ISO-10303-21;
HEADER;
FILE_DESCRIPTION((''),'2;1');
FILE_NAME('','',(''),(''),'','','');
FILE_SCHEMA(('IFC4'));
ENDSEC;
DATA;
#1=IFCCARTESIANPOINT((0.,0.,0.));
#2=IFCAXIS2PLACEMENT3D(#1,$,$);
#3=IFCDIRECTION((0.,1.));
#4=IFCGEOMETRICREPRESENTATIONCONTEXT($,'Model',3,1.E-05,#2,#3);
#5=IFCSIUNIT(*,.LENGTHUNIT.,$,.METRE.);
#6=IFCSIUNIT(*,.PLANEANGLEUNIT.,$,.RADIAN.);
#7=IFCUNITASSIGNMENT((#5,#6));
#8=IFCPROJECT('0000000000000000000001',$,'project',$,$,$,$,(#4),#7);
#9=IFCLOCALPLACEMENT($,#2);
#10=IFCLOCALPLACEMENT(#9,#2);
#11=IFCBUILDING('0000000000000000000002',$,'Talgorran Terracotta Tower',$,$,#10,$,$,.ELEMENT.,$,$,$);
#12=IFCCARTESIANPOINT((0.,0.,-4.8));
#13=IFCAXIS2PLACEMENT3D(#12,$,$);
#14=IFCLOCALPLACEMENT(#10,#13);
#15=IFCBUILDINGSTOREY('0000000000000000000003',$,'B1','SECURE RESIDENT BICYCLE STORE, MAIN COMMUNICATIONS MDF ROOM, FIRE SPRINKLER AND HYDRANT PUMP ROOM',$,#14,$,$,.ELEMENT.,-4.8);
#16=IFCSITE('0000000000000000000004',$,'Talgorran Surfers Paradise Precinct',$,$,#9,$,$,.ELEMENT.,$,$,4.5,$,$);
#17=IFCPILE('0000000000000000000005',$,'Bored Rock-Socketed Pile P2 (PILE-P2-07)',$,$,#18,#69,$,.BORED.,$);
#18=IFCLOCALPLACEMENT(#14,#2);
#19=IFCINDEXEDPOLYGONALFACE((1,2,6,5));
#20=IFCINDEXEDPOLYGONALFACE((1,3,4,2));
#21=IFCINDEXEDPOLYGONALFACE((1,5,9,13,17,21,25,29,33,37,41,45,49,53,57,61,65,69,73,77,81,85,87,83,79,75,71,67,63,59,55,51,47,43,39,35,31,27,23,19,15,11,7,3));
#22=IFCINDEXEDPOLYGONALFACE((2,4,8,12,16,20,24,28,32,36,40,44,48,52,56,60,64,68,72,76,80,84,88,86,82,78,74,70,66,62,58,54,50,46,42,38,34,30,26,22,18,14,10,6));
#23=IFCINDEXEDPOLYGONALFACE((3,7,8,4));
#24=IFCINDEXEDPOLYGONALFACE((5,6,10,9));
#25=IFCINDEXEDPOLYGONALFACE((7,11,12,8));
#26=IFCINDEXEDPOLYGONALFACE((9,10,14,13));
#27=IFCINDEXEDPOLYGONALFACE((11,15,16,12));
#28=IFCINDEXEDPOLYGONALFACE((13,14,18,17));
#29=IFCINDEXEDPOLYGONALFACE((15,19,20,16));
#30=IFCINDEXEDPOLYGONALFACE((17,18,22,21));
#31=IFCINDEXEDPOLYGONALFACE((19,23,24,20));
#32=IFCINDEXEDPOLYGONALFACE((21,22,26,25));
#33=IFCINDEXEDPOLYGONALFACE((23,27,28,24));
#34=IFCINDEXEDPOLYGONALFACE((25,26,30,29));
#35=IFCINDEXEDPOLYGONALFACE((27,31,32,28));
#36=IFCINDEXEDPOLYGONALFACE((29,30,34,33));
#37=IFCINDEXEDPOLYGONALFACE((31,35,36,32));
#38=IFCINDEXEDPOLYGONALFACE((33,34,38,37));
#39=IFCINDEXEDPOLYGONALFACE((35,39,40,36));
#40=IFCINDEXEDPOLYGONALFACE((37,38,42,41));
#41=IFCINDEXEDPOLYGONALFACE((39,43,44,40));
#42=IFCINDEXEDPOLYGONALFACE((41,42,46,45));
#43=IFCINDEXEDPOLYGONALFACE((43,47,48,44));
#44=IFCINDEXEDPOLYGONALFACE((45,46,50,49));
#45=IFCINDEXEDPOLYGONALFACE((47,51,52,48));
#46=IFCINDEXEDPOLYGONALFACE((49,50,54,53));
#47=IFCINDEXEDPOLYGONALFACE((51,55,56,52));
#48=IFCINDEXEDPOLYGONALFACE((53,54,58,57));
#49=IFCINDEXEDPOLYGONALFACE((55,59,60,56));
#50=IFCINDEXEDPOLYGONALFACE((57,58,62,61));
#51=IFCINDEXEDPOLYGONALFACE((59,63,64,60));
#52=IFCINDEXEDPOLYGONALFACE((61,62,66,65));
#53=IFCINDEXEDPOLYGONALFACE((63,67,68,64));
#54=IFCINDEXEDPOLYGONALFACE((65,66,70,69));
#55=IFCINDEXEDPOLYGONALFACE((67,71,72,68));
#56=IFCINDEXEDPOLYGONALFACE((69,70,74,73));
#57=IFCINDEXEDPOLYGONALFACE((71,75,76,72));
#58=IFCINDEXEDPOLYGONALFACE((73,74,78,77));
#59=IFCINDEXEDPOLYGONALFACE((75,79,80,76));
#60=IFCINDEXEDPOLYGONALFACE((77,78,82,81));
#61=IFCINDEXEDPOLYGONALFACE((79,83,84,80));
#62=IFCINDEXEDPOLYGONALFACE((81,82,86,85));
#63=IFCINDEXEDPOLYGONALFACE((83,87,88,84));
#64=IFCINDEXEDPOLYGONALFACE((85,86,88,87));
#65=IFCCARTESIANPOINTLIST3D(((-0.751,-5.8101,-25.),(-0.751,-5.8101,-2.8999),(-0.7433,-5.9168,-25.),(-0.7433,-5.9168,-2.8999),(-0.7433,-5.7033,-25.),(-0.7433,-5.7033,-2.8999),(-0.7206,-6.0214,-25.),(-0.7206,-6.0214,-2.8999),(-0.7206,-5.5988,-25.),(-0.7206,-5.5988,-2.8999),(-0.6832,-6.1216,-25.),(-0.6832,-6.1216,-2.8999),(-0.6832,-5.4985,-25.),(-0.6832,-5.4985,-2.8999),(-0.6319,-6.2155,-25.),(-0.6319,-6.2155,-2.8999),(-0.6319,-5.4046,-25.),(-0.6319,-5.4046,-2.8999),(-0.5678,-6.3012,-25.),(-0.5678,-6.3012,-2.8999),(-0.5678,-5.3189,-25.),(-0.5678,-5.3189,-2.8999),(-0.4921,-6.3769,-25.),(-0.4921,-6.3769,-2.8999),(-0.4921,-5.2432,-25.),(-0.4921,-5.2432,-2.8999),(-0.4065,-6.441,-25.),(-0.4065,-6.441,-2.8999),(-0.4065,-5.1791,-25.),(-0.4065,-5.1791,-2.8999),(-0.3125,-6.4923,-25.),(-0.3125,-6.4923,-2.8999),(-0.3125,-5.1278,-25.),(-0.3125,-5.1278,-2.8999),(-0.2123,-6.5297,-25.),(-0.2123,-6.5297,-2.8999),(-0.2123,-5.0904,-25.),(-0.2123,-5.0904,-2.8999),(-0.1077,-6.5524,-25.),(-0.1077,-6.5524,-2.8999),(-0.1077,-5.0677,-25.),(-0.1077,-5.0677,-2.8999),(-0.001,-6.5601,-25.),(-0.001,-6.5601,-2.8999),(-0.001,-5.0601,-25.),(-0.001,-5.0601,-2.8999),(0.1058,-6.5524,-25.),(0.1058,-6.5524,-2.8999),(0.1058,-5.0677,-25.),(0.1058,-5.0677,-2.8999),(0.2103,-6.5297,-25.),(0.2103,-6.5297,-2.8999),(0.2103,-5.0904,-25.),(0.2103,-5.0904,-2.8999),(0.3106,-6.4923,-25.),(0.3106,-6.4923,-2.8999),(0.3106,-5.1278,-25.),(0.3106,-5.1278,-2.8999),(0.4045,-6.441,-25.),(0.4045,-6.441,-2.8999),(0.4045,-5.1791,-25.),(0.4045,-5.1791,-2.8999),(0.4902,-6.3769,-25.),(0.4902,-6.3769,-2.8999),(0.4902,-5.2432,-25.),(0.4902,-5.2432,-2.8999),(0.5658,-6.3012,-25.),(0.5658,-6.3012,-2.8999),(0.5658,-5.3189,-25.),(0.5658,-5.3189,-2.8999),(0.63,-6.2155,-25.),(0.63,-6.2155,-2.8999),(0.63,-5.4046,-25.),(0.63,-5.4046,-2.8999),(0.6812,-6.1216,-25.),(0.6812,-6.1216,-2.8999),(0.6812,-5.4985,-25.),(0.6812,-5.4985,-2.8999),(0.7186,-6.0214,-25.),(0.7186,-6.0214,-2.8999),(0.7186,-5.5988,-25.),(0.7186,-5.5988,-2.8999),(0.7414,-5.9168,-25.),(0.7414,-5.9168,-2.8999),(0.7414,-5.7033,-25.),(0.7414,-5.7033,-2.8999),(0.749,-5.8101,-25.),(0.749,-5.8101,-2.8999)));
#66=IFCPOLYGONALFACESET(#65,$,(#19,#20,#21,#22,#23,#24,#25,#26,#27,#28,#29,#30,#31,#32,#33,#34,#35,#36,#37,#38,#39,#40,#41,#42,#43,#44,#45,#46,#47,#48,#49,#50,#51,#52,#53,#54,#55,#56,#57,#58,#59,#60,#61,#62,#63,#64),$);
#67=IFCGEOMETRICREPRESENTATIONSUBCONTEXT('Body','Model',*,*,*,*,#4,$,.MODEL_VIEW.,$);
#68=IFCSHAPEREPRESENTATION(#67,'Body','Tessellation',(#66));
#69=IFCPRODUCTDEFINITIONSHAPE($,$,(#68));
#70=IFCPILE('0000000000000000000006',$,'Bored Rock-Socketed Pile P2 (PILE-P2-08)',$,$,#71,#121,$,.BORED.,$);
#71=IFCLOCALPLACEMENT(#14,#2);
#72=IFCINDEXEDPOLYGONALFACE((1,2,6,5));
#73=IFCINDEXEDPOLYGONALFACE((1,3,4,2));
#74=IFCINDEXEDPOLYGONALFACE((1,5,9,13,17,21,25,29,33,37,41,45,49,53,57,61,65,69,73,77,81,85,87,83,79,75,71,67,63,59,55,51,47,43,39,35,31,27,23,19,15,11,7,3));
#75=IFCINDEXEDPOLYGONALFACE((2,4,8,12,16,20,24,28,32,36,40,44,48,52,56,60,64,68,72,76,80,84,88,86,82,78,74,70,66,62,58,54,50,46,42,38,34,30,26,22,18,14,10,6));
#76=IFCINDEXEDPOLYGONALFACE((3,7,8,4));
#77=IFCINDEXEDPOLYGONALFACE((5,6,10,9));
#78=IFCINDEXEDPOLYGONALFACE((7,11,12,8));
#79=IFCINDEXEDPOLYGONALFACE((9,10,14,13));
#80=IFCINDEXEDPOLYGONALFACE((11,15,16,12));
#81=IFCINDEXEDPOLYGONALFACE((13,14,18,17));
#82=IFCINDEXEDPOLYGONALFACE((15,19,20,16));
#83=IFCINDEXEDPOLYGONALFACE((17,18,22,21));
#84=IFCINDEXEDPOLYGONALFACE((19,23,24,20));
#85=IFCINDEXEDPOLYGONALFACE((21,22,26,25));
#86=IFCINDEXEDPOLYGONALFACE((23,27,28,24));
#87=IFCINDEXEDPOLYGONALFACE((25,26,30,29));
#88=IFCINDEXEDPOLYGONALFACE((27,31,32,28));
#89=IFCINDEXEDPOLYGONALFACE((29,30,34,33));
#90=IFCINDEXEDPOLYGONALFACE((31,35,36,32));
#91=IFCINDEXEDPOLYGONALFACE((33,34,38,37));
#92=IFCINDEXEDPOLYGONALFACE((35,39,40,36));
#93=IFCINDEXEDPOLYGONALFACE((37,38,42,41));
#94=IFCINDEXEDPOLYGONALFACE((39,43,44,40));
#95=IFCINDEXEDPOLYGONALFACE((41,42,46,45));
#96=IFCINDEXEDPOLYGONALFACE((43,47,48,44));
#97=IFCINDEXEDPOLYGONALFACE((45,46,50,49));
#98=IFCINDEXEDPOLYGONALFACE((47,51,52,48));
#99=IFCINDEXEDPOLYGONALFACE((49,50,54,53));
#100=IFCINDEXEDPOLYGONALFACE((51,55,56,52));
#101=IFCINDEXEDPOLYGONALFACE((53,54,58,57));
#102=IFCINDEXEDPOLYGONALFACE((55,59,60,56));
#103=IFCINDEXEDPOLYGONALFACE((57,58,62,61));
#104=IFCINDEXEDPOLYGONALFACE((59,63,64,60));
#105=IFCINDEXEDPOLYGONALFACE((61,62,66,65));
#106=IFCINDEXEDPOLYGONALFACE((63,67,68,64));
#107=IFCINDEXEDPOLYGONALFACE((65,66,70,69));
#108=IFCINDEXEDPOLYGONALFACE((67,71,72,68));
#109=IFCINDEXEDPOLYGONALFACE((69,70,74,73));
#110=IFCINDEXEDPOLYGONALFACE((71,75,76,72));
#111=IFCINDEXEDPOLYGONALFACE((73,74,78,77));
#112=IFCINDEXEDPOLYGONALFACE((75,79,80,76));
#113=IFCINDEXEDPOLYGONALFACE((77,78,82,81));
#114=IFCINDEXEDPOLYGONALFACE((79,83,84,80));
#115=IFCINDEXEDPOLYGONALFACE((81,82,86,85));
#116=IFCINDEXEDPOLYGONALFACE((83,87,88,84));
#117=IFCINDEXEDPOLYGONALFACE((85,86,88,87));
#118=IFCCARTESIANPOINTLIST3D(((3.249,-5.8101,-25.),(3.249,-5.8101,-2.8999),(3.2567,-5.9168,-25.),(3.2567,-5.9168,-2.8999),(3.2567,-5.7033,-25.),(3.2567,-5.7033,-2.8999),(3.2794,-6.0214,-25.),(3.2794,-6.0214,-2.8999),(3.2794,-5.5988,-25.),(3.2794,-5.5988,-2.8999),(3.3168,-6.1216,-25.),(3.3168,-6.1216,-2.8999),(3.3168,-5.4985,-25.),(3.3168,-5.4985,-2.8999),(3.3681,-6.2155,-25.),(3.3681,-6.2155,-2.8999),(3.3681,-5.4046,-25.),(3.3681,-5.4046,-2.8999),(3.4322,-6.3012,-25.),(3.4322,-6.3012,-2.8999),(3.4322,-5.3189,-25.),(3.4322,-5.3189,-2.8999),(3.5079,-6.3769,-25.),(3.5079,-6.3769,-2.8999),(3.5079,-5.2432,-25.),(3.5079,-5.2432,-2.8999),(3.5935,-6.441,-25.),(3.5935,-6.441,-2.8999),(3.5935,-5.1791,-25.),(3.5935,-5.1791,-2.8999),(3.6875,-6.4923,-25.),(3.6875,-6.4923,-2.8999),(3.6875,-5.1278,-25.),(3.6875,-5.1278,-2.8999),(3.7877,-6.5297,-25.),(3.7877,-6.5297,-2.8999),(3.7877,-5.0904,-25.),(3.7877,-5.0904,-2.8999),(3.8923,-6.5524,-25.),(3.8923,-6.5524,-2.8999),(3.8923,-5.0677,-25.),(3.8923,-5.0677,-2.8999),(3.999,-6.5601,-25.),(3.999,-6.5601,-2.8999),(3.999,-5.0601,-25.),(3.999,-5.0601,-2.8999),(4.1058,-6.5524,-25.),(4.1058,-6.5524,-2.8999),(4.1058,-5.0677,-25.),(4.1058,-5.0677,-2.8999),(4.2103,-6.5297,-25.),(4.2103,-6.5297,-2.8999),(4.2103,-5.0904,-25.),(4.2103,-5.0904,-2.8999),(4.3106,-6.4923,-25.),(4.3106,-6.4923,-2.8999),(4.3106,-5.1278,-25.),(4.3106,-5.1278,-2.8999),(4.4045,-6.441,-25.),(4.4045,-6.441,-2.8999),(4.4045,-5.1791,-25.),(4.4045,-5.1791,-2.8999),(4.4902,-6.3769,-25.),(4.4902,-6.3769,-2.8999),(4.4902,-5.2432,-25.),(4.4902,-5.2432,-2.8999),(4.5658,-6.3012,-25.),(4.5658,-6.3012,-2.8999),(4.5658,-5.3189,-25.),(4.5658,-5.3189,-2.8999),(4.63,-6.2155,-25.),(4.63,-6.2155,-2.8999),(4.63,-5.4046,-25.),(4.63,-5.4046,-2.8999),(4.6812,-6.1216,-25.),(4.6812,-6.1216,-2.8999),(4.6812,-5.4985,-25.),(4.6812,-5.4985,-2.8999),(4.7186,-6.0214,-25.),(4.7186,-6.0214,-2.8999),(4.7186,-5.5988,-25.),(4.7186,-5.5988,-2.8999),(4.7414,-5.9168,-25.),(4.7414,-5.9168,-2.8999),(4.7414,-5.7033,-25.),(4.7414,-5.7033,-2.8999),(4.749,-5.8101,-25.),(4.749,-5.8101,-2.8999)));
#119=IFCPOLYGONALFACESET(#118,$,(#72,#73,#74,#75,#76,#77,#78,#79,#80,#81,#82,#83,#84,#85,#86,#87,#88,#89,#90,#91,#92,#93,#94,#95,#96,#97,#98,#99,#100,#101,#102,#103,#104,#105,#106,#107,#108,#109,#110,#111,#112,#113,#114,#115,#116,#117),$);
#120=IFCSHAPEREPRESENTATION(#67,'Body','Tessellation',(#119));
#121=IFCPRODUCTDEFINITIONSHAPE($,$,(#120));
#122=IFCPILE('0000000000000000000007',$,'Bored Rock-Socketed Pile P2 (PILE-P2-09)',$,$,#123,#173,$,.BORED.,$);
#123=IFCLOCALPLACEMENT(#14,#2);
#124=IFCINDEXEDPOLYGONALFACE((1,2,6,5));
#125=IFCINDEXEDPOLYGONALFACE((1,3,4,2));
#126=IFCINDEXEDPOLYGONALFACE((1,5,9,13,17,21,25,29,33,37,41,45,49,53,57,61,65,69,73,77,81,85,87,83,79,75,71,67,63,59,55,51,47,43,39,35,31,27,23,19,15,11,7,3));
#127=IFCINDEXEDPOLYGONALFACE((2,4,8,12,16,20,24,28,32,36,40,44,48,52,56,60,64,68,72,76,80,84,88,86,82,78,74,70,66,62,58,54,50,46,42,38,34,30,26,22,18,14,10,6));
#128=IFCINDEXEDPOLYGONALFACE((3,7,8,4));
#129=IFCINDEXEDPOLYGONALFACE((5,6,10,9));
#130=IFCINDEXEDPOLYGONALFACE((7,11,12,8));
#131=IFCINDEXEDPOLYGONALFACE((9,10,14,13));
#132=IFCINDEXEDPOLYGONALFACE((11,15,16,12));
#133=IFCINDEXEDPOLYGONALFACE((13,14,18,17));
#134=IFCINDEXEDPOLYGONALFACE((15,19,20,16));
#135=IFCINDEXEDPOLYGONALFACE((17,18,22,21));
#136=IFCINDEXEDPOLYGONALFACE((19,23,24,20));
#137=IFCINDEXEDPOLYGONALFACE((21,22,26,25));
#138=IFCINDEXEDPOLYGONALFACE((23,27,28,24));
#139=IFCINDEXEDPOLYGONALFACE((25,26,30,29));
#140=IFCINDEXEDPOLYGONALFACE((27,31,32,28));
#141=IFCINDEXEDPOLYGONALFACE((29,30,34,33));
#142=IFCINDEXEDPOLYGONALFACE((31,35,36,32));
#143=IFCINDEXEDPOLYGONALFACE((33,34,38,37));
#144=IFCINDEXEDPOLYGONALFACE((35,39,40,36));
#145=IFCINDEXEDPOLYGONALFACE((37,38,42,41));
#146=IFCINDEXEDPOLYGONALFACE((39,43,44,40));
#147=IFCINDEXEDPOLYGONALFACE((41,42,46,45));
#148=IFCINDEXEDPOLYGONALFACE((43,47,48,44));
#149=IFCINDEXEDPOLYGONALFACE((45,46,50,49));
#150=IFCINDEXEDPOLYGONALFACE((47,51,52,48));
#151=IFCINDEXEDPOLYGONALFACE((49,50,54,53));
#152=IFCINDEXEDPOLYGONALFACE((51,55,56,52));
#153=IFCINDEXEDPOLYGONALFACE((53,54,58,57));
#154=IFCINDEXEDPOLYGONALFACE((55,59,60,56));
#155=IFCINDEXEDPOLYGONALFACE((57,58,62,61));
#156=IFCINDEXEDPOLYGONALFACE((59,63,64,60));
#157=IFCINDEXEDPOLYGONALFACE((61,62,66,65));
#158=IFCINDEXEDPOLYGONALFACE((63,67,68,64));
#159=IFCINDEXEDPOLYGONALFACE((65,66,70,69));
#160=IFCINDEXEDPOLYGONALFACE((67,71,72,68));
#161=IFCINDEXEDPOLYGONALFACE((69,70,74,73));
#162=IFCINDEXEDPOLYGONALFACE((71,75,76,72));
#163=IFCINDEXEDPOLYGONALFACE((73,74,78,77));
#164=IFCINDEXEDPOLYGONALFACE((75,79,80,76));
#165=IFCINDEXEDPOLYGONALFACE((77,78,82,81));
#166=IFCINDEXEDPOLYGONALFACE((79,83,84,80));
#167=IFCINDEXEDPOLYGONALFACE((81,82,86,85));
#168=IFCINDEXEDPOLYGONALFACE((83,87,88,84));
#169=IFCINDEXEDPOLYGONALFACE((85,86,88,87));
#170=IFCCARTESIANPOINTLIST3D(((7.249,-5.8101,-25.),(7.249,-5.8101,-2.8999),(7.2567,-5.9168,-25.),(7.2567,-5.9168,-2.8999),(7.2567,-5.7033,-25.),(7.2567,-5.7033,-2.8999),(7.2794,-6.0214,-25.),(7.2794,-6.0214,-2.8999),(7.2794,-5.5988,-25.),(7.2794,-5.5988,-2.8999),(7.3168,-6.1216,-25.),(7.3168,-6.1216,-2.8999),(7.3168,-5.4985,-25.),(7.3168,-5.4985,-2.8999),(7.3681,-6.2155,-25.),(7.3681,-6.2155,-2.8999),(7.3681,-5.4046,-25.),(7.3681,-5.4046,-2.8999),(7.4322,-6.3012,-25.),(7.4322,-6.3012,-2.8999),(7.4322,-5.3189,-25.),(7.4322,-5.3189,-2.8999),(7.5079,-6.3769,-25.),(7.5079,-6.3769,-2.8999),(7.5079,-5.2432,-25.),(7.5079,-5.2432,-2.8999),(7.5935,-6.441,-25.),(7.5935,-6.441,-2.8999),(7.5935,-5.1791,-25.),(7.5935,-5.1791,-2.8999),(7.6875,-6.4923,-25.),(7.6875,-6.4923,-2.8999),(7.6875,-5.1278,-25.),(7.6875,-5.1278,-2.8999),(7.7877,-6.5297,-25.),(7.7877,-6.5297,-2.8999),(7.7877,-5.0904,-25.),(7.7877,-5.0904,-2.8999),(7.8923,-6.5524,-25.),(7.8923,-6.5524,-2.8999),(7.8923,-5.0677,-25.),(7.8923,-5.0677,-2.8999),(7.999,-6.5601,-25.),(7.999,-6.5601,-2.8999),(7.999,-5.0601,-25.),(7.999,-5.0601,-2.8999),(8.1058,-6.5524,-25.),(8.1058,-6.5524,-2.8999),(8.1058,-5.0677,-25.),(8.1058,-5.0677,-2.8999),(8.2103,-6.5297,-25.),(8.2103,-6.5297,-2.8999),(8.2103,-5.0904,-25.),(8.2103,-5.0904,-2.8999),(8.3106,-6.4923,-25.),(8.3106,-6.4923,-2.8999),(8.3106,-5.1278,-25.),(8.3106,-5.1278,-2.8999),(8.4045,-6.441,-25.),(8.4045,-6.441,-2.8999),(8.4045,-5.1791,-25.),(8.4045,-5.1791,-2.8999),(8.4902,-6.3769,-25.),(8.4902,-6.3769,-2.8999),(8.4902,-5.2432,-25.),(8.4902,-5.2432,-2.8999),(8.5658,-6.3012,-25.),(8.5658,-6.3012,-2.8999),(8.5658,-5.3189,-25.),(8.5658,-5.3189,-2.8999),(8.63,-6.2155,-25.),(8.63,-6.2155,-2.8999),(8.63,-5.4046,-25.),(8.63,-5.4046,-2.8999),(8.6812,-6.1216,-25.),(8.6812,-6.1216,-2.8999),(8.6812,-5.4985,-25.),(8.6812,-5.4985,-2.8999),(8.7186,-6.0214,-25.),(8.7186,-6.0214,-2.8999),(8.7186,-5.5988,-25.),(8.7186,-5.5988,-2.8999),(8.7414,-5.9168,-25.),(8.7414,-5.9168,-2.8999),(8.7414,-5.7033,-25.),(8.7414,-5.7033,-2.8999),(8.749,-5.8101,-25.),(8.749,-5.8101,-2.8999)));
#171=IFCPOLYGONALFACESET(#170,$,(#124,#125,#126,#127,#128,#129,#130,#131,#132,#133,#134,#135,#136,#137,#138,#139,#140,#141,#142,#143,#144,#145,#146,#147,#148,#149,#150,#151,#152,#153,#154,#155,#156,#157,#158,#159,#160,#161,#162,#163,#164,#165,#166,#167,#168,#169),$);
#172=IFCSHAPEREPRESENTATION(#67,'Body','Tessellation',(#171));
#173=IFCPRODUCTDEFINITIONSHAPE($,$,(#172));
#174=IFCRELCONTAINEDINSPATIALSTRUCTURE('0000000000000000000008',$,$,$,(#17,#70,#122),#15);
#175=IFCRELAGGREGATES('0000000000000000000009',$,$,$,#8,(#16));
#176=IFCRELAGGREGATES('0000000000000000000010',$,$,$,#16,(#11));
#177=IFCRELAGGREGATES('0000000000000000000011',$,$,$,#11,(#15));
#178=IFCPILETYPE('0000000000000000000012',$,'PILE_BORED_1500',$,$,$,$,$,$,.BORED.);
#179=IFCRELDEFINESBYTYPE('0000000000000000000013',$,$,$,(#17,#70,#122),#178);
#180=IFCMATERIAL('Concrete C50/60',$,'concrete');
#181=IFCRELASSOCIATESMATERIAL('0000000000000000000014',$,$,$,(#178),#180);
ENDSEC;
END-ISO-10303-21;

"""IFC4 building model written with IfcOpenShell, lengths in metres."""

from ifc_helpers import new_model, si_unit, direction, frame, origin, origin_2d, place, context, subcontext, project, spatial, circle, extrude, material, material_profile, profile_set, type_object, element, save


model = new_model("IFC4")

# Units and contexts
model_context = context("Model", 3, precision=1e-05, world=origin(), true_north=direction((0.0, 1.0)))
body_context = subcontext(model_context, "Body", "Model", "MODEL_VIEW")
ifc_project = project(units=[si_unit("LENGTHUNIT", "METRE"), si_unit("PLANEANGLEUNIT", "RADIAN")], contexts=[model_context])

# Site, building, storey
site_placement = place(None, origin())
site = spatial("IfcSite", under=ifc_project, at=site_placement, Name="Talgorran Surfers Paradise Precinct", CompositionType="ELEMENT", RefElevation=4.5)
building_placement = place(site_placement, origin())
building = spatial("IfcBuilding", under=site, at=building_placement, Name="Talgorran Terracotta Tower", CompositionType="ELEMENT")
storey_placement = place(building_placement, frame((0.0, 0.0, -4.8)))
storey = spatial("IfcBuildingStorey", under=building, at=storey_placement, Name="B1", Description="SECURE RESIDENT BICYCLE STORE, MAIN COMMUNICATIONS MDF ROOM, FIRE SPRINKLER AND HYDRANT PUMP ROOM", CompositionType="ELEMENT", Elevation=-4.8)

# Piles
ifc_material_1 = material(Name="Concrete C50/60", Category="concrete")
ifc_material_profile_1 = material_profile(ifc_material_1, circle(Radius=0.75, at=origin_2d()), Name="PILE1500")
ifc_profile_set_1 = profile_set([ifc_material_profile_1], Name="Concrete C50/60")
pile_type = type_object("IfcPileType", Name="PILE_BORED_1500", PredefinedType="BORED", material=ifc_profile_set_1)
for number, where, z_axis, x_axis, name in (
    (1, (-0.001, -5.8101, -2.8999), (0.0, 0.0, -1.0), (1.0, 0.0, 0.0), "Bored Rock-Socketed Pile P2 (PILE-P2-07)"),
    (2, (3.999, -5.8101, -2.8999), (0.0, 0.0, -1.0), (1.0, 0.0, 0.0), "Bored Rock-Socketed Pile P2 (PILE-P2-08)"),
    (3, (7.999, -5.8101, -2.8999), (0.0, 0.0, -1.0), (1.0, 0.0, 0.0), "Bored Rock-Socketed Pile P2 (PILE-P2-09)"),
):
    element("IfcPile", number, at=place(storey_placement, frame(where, z_axis=z_axis, x_axis=x_axis)), inside=storey, type_object=pile_type, Name=name, PredefinedType="BORED", context=body_context, shape_type="SweptSolid", body=[
        extrude(circle(Radius=0.75, at=origin_2d()), origin(), (0.0, 0.0, 1.0), 22.1001),
    ])

save(model, "model.ifc")
